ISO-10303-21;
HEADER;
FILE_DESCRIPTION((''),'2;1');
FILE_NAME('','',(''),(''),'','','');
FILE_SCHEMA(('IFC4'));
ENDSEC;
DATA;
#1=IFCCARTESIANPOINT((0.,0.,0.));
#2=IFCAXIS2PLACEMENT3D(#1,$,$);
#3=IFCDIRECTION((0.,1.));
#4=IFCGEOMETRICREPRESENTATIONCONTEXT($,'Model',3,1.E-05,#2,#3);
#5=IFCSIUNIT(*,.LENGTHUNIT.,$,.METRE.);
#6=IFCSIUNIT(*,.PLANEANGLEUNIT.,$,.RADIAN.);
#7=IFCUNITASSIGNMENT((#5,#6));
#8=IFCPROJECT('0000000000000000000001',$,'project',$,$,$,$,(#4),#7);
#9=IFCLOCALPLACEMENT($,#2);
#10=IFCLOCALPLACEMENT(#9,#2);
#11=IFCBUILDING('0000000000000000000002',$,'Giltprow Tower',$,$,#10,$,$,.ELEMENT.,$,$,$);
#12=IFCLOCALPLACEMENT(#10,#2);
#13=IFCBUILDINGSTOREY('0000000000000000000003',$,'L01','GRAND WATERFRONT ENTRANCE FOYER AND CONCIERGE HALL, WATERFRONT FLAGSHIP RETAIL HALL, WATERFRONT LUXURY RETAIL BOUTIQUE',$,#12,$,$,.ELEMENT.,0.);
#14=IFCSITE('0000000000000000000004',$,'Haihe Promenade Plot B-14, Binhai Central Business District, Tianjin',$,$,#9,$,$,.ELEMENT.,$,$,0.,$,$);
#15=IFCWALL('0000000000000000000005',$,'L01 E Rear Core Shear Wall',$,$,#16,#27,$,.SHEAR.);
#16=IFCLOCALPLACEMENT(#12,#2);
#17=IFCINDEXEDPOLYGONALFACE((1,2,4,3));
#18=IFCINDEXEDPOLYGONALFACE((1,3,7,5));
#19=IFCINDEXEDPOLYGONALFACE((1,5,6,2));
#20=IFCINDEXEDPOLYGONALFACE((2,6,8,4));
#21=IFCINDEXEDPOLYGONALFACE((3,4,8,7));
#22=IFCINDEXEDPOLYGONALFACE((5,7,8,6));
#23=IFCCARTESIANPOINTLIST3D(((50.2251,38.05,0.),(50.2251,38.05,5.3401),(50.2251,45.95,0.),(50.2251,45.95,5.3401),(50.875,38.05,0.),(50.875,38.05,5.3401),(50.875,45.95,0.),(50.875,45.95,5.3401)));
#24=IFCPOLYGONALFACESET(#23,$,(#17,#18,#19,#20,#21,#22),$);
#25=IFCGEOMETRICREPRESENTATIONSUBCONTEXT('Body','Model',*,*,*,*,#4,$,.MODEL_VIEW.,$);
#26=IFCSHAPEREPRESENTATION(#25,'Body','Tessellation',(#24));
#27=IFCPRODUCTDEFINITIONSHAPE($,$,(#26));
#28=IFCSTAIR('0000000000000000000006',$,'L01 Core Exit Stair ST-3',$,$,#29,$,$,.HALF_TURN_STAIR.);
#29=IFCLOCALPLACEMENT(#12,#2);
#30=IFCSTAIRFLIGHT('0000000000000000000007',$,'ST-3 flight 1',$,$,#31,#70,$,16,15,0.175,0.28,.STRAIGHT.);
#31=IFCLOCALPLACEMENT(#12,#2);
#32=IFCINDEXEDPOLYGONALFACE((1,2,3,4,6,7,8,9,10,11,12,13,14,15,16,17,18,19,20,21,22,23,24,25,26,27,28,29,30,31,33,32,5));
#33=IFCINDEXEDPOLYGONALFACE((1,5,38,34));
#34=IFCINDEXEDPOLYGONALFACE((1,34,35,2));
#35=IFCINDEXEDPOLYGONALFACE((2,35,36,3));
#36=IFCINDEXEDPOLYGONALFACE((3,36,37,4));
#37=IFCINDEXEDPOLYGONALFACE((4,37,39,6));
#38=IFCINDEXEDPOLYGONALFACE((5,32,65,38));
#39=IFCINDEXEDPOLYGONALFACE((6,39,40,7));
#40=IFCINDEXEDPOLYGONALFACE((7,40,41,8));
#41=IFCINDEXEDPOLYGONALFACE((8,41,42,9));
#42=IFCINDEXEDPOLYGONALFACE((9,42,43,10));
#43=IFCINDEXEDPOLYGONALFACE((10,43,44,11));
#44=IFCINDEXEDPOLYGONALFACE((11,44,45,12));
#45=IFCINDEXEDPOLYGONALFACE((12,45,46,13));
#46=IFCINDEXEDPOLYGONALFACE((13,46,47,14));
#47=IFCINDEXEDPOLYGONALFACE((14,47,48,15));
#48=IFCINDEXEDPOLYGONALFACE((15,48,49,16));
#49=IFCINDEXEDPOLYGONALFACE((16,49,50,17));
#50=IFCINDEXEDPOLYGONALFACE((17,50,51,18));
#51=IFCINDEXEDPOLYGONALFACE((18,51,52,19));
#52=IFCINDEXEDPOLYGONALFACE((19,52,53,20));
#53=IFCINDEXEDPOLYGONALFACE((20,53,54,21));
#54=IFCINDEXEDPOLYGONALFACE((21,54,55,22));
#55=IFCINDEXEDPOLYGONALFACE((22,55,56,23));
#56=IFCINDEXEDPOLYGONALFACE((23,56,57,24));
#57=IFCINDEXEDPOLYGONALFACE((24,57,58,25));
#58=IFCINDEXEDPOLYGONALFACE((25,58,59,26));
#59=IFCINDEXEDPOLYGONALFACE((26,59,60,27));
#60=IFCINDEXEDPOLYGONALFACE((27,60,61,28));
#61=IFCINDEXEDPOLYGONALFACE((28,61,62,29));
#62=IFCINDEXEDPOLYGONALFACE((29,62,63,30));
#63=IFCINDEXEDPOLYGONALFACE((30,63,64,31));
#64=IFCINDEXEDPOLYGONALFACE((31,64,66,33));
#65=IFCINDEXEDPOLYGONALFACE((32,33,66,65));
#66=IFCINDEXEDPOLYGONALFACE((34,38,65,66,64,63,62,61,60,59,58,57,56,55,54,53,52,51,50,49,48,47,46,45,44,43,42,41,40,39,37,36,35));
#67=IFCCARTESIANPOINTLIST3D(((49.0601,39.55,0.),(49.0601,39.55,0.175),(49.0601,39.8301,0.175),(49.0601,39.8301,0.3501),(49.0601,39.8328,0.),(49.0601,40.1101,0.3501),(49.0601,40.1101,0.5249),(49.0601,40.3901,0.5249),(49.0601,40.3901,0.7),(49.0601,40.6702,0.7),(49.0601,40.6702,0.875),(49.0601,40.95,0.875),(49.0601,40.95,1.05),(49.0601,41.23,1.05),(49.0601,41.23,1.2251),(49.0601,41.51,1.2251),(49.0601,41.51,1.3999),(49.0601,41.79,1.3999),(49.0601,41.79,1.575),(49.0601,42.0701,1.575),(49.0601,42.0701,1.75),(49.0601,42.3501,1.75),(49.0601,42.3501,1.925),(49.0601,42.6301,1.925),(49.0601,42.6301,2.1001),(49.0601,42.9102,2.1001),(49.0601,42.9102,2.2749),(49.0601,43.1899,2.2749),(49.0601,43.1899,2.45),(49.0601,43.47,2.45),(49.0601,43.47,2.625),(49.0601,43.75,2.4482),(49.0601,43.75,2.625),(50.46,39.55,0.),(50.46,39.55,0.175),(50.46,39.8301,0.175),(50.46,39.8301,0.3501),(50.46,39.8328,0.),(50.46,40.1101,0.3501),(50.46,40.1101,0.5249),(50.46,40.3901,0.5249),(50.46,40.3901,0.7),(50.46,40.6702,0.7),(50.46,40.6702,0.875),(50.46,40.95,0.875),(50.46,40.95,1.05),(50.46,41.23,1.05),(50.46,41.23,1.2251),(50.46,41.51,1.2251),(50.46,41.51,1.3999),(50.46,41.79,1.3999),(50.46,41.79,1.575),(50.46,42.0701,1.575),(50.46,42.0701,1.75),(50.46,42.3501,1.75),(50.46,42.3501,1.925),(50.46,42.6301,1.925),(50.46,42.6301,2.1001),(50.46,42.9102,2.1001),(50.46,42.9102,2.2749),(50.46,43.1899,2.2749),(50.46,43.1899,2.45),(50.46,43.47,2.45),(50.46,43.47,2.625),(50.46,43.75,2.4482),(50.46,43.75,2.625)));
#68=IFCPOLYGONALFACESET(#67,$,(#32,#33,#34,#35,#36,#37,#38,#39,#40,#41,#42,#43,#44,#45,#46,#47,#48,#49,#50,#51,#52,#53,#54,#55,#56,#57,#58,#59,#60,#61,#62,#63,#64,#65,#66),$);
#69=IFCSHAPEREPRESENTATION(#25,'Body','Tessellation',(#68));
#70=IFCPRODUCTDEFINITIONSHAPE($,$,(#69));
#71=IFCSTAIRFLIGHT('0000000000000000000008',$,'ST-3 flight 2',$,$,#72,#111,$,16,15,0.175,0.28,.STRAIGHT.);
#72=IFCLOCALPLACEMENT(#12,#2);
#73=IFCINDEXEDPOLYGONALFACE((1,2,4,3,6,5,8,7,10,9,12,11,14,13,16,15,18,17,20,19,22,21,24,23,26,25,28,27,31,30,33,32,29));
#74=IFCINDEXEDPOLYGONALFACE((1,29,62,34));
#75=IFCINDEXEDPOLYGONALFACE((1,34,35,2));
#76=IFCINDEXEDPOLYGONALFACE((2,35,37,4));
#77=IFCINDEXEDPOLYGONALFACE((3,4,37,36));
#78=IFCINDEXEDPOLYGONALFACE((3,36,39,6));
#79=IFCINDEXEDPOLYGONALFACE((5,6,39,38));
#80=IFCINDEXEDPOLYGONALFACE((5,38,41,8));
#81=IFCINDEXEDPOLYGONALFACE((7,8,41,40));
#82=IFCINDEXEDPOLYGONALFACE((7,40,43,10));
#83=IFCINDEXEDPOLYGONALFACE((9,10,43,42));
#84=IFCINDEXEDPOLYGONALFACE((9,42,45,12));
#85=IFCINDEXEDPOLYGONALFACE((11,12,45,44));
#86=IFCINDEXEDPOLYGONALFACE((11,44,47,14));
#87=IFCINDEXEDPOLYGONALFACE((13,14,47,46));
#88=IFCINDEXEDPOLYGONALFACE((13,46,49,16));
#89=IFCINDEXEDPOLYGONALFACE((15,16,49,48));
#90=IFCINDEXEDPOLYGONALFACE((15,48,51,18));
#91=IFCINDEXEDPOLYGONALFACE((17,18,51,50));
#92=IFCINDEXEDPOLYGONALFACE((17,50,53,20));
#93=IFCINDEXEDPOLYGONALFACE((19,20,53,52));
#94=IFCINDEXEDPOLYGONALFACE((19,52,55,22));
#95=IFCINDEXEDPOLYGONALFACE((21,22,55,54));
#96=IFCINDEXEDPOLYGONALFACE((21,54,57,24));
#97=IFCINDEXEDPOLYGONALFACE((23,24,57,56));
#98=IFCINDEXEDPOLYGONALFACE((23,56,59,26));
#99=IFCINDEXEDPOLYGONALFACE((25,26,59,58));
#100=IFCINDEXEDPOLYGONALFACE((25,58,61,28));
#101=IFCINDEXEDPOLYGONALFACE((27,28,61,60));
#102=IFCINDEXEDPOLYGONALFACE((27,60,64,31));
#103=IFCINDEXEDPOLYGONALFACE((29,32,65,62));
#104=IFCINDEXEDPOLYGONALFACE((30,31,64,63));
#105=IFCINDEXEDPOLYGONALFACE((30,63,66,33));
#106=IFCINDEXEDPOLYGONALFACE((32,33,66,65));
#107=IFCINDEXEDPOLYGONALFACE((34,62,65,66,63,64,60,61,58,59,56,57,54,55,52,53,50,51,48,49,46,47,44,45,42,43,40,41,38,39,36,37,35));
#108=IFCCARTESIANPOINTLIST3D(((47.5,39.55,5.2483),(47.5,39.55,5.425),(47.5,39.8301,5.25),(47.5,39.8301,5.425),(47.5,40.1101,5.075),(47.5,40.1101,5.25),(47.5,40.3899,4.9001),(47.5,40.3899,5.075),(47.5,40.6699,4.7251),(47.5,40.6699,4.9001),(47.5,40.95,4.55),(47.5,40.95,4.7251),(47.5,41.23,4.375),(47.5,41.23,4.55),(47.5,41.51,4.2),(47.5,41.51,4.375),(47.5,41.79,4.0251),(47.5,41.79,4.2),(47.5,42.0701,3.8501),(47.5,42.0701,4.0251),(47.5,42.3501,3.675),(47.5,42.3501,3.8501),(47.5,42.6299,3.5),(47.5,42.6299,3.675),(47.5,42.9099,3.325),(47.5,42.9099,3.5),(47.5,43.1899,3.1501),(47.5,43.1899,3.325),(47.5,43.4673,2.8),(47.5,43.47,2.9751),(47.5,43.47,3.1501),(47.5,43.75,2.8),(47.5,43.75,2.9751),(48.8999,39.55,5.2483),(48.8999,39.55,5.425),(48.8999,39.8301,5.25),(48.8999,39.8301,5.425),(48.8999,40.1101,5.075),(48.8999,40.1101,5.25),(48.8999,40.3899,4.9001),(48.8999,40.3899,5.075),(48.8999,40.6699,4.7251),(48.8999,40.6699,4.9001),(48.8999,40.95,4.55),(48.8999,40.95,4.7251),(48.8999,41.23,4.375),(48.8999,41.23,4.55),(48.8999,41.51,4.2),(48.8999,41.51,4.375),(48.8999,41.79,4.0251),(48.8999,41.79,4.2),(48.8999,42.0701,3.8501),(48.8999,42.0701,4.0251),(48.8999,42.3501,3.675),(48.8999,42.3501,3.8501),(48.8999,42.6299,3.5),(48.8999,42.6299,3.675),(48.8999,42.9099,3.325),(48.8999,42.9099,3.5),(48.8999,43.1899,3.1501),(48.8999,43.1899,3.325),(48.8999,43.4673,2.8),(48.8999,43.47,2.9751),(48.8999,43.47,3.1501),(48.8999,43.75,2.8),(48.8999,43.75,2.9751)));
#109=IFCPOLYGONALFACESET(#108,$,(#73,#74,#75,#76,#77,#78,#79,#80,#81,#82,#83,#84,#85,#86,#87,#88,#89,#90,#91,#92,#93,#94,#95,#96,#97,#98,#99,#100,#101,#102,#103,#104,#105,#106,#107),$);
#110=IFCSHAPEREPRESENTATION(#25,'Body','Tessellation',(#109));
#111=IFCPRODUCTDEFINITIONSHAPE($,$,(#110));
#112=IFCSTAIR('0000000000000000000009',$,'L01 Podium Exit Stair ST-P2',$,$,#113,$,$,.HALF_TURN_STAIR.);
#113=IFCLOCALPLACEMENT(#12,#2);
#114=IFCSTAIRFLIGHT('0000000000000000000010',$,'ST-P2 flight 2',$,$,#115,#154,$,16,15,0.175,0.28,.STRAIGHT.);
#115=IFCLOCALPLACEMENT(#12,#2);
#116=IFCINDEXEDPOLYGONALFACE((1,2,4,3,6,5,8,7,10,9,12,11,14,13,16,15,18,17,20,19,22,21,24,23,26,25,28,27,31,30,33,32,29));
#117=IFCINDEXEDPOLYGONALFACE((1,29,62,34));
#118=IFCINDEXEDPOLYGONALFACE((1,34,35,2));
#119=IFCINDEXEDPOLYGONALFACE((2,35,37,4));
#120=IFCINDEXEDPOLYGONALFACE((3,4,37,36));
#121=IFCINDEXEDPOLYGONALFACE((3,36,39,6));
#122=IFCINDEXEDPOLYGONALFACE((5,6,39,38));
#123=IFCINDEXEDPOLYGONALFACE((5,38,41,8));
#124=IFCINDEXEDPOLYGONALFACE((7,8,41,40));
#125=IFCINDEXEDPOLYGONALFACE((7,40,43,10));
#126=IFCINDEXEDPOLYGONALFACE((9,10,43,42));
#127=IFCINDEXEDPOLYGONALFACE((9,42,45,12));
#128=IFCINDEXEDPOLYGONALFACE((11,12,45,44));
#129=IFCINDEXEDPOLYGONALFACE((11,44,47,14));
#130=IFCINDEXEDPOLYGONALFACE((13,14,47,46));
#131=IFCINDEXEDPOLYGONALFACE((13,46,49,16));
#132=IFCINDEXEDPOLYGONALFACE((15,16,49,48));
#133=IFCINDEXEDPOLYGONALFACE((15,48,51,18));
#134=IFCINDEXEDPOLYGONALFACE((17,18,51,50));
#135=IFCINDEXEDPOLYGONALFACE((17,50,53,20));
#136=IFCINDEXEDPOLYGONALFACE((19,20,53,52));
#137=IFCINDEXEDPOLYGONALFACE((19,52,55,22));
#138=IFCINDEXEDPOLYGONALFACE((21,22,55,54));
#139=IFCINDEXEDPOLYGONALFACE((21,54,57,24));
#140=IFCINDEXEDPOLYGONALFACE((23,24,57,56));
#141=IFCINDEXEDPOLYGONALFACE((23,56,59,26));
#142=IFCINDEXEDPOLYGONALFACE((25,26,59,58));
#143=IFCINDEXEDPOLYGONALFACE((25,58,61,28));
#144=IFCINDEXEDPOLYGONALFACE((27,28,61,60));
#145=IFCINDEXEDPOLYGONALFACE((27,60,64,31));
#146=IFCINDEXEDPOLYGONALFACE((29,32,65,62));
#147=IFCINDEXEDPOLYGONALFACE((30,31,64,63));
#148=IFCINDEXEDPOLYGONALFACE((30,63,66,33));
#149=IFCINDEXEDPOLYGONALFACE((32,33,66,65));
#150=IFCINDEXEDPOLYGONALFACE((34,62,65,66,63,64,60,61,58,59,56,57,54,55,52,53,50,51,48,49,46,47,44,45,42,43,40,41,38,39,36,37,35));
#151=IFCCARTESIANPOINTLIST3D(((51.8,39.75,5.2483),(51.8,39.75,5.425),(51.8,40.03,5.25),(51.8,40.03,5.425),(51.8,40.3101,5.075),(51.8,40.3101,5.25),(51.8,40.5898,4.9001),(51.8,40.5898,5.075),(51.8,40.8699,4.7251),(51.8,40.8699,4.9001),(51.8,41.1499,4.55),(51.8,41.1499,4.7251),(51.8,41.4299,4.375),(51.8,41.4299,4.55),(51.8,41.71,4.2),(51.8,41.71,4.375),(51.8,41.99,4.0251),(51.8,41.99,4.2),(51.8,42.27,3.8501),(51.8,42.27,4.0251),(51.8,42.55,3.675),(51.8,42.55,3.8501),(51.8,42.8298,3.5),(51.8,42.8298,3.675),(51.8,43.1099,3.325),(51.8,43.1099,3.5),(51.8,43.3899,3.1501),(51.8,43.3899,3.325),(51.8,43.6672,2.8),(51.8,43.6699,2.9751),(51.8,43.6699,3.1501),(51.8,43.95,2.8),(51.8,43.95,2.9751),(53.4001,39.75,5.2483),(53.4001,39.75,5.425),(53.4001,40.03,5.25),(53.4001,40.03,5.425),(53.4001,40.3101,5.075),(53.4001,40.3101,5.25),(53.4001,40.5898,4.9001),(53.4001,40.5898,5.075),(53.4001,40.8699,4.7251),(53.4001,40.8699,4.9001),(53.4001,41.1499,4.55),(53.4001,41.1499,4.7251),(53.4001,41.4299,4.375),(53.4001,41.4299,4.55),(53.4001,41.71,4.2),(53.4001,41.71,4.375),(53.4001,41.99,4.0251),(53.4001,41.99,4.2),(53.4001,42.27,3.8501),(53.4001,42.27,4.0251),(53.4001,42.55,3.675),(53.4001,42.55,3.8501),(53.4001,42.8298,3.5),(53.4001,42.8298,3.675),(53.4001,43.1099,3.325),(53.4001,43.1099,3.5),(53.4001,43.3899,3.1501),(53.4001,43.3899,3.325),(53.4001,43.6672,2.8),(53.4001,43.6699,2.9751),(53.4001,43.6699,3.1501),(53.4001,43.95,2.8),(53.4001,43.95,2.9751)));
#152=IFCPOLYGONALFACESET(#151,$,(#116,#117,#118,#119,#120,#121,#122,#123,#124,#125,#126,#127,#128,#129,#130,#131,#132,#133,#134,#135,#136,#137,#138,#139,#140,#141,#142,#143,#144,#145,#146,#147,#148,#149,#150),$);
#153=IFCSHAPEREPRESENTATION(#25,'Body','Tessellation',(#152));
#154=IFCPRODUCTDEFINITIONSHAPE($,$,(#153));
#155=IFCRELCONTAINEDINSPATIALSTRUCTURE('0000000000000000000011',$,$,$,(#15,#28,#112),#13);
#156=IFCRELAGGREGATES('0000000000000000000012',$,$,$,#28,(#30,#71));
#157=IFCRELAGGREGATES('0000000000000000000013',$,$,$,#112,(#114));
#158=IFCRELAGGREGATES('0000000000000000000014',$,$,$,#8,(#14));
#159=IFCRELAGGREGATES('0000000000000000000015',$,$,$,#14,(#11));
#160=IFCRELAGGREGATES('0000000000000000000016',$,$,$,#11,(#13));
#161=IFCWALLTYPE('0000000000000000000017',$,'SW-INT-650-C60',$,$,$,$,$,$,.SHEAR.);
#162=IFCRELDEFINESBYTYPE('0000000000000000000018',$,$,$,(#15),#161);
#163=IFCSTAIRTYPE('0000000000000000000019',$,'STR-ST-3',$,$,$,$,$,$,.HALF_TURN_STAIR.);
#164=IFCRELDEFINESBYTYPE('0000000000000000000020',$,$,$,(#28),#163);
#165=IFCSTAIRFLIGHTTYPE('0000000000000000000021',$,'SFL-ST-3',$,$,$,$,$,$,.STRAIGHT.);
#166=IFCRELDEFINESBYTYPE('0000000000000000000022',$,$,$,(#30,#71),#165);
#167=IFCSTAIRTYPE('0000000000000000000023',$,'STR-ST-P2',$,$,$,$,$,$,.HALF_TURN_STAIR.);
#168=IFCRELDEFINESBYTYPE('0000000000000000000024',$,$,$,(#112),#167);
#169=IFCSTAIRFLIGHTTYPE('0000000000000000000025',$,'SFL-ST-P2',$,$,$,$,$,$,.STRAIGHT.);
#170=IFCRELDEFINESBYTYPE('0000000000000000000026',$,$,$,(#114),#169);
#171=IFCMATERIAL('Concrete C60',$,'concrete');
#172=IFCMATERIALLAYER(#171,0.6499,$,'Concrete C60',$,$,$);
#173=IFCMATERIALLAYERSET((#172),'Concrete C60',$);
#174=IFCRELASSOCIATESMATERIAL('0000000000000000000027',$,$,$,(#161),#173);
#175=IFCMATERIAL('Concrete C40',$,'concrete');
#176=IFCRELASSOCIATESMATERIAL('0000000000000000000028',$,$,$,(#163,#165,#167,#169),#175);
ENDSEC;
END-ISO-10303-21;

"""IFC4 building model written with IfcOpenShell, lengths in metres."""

from ifc_helpers import new_model, si_unit, direction, frame, frame_2d, origin, place, context, subcontext, project, spatial, polyline, rectangle, outline, extrude, material, layer, layer_set, type_object, element, aggregate, save


model = new_model("IFC4")

# Units and contexts
model_context = context("Model", 3, precision=1e-05, world=origin(), true_north=direction((0.0, 1.0)))
body_context = subcontext(model_context, "Body", "Model", "MODEL_VIEW")
ifc_project = project(units=[si_unit("LENGTHUNIT", "METRE"), si_unit("PLANEANGLEUNIT", "RADIAN")], contexts=[model_context])

# Site, building, storey
site_placement = place(None, origin())
site = spatial("IfcSite", under=ifc_project, at=site_placement, Name="Haihe Promenade Plot B-14, Binhai Central Business District, Tianjin", CompositionType="ELEMENT", RefElevation=0.0)
building_placement = place(site_placement, origin())
building = spatial("IfcBuilding", under=site, at=building_placement, Name="Giltprow Tower", CompositionType="ELEMENT")
storey_placement = place(building_placement, origin())
storey = spatial("IfcBuildingStorey", under=building, at=storey_placement, Name="L01", Description="GRAND WATERFRONT ENTRANCE FOYER AND CONCIERGE HALL, WATERFRONT FLAGSHIP RETAIL HALL, WATERFRONT LUXURY RETAIL BOUTIQUE", CompositionType="ELEMENT", Elevation=0.0)

# Shared definitions
ifc_material_1 = material(Name="Concrete C60", Category="concrete")

# Shared definitions
ifc_material_2 = material(Name="Concrete C40", Category="concrete")

# Wall
ifc_layer_1 = layer(ifc_material_1, 0.6499, Name="Concrete C60")
ifc_layer_set_1 = layer_set([ifc_layer_1], Name="Concrete C60")
wall_type_1 = type_object("IfcWallType", Name="SW-INT-650-C60", PredefinedType="SHEAR", material=ifc_layer_set_1)
wall_1_placement = place(storey_placement, frame((50.55, 38.05, 0.0), z_axis=(0.0, 0.0, 1.0), x_axis=(0.0, 1.0, 0.0)))
element("IfcWall", 1, at=wall_1_placement, inside=storey, type_object=wall_type_1, Name="L01 E Rear Core Shear Wall", PredefinedType="SHEAR", context=body_context, shape_type="SweptSolid", body=[
    extrude(rectangle(XDim=7.8999, YDim=0.6499, at=frame_2d((3.95, 0.0))), origin(), (0.0, 0.0, 1.0), 5.3401),
])

# Stair, stair flights
stair_type_1 = type_object("IfcStairType", Name="STR-ST-3", PredefinedType="HALF_TURN_STAIR", material=ifc_material_2)
stair_1_placement = place(storey_placement, origin())
stair_1 = element("IfcStair", 2, at=stair_1_placement, inside=storey, type_object=stair_type_1, Name="L01 Core Exit Stair ST-3", PredefinedType="HALF_TURN_STAIR")
stair_flight_type_1 = type_object("IfcStairFlightType", Name="SFL-ST-3", PredefinedType="STRAIGHT", material=ifc_material_2)
stair_flight_1_placement = place(storey_placement, frame((49.76, 39.55, 0.0), z_axis=(0.0, 0.0, 1.0), x_axis=(0.0, 1.0, 0.0)))
stair_flight_1 = element("IfcStairFlight", 3, at=stair_flight_1_placement, type_object=stair_flight_type_1, Name="ST-3 flight 1", NumberOfRisers=16, NumberOfTreads=15, PredefinedType="STRAIGHT", RiserHeight=0.175, TreadLength=0.28, context=body_context, shape_type="SweptSolid", body=[
    extrude(outline(polyline([(0.0, 0.0), (0.0, 0.175), (0.28, 0.175), (0.28, 0.3501), (0.5601, 0.3501), (0.5601, 0.5249), (0.8401, 0.5249), (0.8401, 0.7), (1.1201, 0.7), (1.1201, 0.875), (1.3999, 0.875), (1.3999, 1.05), (1.6799, 1.05), (1.6799, 1.2251), (1.96, 1.2251), (1.96, 1.3999), (2.24, 1.3999), (2.24, 1.575), (2.52, 1.575), (2.52, 1.75), (2.8, 1.75), (2.8, 1.925), (3.0801, 1.925), (3.0801, 2.1001), (3.3601, 2.1001), (3.3601, 2.2749), (3.6399, 2.2749), (3.6399, 2.45), (3.9199, 2.45), (3.9199, 2.625), (4.2, 2.625), (4.2, 2.8), (4.2, 2.4482), (0.2827, 0.0), (0.0, 0.0)])), frame((0.0, 0.7, 0.0), z_axis=(0.0, -1.0, 0.0), x_axis=(1.0, 0.0, 0.0)), (0.0, 0.0, 1.0), 1.3999),
])
stair_flight_2_placement = place(storey_placement, frame((48.2, 43.75, 2.8), z_axis=(0.0, 0.0, 1.0), x_axis=(0.0, -1.0, 0.0)))
stair_flight_2 = element("IfcStairFlight", 4, at=stair_flight_2_placement, type_object=stair_flight_type_1, Name="ST-3 flight 2", NumberOfRisers=16, NumberOfTreads=15, PredefinedType="STRAIGHT", RiserHeight=0.175, TreadLength=0.28, context=body_context, shape_type="SweptSolid", body=[
    extrude(outline(polyline([(0.0, 0.0), (0.0, 0.175), (0.28, 0.175), (0.28, 0.3501), (0.5601, 0.3501), (0.5601, 0.5249), (0.8401, 0.5249), (0.8401, 0.7), (1.1201, 0.7), (1.1201, 0.875), (1.3999, 0.875), (1.3999, 1.05), (1.6799, 1.05), (1.6799, 1.2251), (1.96, 1.2251), (1.96, 1.3999), (2.24, 1.3999), (2.24, 1.575), (2.52, 1.575), (2.52, 1.75), (2.8, 1.75), (2.8, 1.925), (3.0801, 1.925), (3.0801, 2.1001), (3.3601, 2.1001), (3.3601, 2.2749), (3.6399, 2.2749), (3.6399, 2.45), (3.9199, 2.45), (3.9199, 2.625), (4.2, 2.625), (4.2, 2.8), (4.2, 2.4482), (0.2827, 0.0), (0.0, 0.0)])), frame((0.0, 0.7, 0.0), z_axis=(0.0, -1.0, 0.0), x_axis=(1.0, 0.0, 0.0)), (0.0, 0.0, 1.0), 1.3999),
])
aggregate(stair_1, [stair_flight_1, stair_flight_2])

# Stair, stair flight
stair_type_2 = type_object("IfcStairType", Name="STR-ST-P2", PredefinedType="HALF_TURN_STAIR", material=ifc_material_2)
stair_2_placement = place(storey_placement, origin())
stair_2 = element("IfcStair", 5, at=stair_2_placement, inside=storey, type_object=stair_type_2, Name="L01 Podium Exit Stair ST-P2", PredefinedType="HALF_TURN_STAIR")
stair_flight_type_2 = type_object("IfcStairFlightType", Name="SFL-ST-P2", PredefinedType="STRAIGHT", material=ifc_material_2)
stair_flight_3_placement = place(storey_placement, frame((52.6001, 43.95, 2.8), z_axis=(0.0, 0.0, 1.0), x_axis=(0.0, -1.0, 0.0)))
stair_flight_3 = element("IfcStairFlight", 6, at=stair_flight_3_placement, type_object=stair_flight_type_2, Name="ST-P2 flight 2", NumberOfRisers=16, NumberOfTreads=15, PredefinedType="STRAIGHT", RiserHeight=0.175, TreadLength=0.28, context=body_context, shape_type="SweptSolid", body=[
    extrude(outline(polyline([(0.0, 0.0), (0.0, 0.175), (0.28, 0.175), (0.28, 0.3501), (0.5601, 0.3501), (0.5601, 0.5249), (0.8401, 0.5249), (0.8401, 0.7), (1.1201, 0.7), (1.1201, 0.875), (1.3999, 0.875), (1.3999, 1.05), (1.6799, 1.05), (1.6799, 1.2251), (1.96, 1.2251), (1.96, 1.3999), (2.24, 1.3999), (2.24, 1.575), (2.52, 1.575), (2.52, 1.75), (2.8, 1.75), (2.8, 1.925), (3.0801, 1.925), (3.0801, 2.1001), (3.3601, 2.1001), (3.3601, 2.2749), (3.6399, 2.2749), (3.6399, 2.45), (3.9199, 2.45), (3.9199, 2.625), (4.2, 2.625), (4.2, 2.8), (4.2, 2.4482), (0.2827, 0.0), (0.0, 0.0)])), frame((0.0, 0.8, 0.0), z_axis=(0.0, -1.0, 0.0), x_axis=(1.0, 0.0, 0.0)), (0.0, 0.0, 1.0), 1.6001),
])
aggregate(stair_2, [stair_flight_3])

save(model, "model.ifc")
